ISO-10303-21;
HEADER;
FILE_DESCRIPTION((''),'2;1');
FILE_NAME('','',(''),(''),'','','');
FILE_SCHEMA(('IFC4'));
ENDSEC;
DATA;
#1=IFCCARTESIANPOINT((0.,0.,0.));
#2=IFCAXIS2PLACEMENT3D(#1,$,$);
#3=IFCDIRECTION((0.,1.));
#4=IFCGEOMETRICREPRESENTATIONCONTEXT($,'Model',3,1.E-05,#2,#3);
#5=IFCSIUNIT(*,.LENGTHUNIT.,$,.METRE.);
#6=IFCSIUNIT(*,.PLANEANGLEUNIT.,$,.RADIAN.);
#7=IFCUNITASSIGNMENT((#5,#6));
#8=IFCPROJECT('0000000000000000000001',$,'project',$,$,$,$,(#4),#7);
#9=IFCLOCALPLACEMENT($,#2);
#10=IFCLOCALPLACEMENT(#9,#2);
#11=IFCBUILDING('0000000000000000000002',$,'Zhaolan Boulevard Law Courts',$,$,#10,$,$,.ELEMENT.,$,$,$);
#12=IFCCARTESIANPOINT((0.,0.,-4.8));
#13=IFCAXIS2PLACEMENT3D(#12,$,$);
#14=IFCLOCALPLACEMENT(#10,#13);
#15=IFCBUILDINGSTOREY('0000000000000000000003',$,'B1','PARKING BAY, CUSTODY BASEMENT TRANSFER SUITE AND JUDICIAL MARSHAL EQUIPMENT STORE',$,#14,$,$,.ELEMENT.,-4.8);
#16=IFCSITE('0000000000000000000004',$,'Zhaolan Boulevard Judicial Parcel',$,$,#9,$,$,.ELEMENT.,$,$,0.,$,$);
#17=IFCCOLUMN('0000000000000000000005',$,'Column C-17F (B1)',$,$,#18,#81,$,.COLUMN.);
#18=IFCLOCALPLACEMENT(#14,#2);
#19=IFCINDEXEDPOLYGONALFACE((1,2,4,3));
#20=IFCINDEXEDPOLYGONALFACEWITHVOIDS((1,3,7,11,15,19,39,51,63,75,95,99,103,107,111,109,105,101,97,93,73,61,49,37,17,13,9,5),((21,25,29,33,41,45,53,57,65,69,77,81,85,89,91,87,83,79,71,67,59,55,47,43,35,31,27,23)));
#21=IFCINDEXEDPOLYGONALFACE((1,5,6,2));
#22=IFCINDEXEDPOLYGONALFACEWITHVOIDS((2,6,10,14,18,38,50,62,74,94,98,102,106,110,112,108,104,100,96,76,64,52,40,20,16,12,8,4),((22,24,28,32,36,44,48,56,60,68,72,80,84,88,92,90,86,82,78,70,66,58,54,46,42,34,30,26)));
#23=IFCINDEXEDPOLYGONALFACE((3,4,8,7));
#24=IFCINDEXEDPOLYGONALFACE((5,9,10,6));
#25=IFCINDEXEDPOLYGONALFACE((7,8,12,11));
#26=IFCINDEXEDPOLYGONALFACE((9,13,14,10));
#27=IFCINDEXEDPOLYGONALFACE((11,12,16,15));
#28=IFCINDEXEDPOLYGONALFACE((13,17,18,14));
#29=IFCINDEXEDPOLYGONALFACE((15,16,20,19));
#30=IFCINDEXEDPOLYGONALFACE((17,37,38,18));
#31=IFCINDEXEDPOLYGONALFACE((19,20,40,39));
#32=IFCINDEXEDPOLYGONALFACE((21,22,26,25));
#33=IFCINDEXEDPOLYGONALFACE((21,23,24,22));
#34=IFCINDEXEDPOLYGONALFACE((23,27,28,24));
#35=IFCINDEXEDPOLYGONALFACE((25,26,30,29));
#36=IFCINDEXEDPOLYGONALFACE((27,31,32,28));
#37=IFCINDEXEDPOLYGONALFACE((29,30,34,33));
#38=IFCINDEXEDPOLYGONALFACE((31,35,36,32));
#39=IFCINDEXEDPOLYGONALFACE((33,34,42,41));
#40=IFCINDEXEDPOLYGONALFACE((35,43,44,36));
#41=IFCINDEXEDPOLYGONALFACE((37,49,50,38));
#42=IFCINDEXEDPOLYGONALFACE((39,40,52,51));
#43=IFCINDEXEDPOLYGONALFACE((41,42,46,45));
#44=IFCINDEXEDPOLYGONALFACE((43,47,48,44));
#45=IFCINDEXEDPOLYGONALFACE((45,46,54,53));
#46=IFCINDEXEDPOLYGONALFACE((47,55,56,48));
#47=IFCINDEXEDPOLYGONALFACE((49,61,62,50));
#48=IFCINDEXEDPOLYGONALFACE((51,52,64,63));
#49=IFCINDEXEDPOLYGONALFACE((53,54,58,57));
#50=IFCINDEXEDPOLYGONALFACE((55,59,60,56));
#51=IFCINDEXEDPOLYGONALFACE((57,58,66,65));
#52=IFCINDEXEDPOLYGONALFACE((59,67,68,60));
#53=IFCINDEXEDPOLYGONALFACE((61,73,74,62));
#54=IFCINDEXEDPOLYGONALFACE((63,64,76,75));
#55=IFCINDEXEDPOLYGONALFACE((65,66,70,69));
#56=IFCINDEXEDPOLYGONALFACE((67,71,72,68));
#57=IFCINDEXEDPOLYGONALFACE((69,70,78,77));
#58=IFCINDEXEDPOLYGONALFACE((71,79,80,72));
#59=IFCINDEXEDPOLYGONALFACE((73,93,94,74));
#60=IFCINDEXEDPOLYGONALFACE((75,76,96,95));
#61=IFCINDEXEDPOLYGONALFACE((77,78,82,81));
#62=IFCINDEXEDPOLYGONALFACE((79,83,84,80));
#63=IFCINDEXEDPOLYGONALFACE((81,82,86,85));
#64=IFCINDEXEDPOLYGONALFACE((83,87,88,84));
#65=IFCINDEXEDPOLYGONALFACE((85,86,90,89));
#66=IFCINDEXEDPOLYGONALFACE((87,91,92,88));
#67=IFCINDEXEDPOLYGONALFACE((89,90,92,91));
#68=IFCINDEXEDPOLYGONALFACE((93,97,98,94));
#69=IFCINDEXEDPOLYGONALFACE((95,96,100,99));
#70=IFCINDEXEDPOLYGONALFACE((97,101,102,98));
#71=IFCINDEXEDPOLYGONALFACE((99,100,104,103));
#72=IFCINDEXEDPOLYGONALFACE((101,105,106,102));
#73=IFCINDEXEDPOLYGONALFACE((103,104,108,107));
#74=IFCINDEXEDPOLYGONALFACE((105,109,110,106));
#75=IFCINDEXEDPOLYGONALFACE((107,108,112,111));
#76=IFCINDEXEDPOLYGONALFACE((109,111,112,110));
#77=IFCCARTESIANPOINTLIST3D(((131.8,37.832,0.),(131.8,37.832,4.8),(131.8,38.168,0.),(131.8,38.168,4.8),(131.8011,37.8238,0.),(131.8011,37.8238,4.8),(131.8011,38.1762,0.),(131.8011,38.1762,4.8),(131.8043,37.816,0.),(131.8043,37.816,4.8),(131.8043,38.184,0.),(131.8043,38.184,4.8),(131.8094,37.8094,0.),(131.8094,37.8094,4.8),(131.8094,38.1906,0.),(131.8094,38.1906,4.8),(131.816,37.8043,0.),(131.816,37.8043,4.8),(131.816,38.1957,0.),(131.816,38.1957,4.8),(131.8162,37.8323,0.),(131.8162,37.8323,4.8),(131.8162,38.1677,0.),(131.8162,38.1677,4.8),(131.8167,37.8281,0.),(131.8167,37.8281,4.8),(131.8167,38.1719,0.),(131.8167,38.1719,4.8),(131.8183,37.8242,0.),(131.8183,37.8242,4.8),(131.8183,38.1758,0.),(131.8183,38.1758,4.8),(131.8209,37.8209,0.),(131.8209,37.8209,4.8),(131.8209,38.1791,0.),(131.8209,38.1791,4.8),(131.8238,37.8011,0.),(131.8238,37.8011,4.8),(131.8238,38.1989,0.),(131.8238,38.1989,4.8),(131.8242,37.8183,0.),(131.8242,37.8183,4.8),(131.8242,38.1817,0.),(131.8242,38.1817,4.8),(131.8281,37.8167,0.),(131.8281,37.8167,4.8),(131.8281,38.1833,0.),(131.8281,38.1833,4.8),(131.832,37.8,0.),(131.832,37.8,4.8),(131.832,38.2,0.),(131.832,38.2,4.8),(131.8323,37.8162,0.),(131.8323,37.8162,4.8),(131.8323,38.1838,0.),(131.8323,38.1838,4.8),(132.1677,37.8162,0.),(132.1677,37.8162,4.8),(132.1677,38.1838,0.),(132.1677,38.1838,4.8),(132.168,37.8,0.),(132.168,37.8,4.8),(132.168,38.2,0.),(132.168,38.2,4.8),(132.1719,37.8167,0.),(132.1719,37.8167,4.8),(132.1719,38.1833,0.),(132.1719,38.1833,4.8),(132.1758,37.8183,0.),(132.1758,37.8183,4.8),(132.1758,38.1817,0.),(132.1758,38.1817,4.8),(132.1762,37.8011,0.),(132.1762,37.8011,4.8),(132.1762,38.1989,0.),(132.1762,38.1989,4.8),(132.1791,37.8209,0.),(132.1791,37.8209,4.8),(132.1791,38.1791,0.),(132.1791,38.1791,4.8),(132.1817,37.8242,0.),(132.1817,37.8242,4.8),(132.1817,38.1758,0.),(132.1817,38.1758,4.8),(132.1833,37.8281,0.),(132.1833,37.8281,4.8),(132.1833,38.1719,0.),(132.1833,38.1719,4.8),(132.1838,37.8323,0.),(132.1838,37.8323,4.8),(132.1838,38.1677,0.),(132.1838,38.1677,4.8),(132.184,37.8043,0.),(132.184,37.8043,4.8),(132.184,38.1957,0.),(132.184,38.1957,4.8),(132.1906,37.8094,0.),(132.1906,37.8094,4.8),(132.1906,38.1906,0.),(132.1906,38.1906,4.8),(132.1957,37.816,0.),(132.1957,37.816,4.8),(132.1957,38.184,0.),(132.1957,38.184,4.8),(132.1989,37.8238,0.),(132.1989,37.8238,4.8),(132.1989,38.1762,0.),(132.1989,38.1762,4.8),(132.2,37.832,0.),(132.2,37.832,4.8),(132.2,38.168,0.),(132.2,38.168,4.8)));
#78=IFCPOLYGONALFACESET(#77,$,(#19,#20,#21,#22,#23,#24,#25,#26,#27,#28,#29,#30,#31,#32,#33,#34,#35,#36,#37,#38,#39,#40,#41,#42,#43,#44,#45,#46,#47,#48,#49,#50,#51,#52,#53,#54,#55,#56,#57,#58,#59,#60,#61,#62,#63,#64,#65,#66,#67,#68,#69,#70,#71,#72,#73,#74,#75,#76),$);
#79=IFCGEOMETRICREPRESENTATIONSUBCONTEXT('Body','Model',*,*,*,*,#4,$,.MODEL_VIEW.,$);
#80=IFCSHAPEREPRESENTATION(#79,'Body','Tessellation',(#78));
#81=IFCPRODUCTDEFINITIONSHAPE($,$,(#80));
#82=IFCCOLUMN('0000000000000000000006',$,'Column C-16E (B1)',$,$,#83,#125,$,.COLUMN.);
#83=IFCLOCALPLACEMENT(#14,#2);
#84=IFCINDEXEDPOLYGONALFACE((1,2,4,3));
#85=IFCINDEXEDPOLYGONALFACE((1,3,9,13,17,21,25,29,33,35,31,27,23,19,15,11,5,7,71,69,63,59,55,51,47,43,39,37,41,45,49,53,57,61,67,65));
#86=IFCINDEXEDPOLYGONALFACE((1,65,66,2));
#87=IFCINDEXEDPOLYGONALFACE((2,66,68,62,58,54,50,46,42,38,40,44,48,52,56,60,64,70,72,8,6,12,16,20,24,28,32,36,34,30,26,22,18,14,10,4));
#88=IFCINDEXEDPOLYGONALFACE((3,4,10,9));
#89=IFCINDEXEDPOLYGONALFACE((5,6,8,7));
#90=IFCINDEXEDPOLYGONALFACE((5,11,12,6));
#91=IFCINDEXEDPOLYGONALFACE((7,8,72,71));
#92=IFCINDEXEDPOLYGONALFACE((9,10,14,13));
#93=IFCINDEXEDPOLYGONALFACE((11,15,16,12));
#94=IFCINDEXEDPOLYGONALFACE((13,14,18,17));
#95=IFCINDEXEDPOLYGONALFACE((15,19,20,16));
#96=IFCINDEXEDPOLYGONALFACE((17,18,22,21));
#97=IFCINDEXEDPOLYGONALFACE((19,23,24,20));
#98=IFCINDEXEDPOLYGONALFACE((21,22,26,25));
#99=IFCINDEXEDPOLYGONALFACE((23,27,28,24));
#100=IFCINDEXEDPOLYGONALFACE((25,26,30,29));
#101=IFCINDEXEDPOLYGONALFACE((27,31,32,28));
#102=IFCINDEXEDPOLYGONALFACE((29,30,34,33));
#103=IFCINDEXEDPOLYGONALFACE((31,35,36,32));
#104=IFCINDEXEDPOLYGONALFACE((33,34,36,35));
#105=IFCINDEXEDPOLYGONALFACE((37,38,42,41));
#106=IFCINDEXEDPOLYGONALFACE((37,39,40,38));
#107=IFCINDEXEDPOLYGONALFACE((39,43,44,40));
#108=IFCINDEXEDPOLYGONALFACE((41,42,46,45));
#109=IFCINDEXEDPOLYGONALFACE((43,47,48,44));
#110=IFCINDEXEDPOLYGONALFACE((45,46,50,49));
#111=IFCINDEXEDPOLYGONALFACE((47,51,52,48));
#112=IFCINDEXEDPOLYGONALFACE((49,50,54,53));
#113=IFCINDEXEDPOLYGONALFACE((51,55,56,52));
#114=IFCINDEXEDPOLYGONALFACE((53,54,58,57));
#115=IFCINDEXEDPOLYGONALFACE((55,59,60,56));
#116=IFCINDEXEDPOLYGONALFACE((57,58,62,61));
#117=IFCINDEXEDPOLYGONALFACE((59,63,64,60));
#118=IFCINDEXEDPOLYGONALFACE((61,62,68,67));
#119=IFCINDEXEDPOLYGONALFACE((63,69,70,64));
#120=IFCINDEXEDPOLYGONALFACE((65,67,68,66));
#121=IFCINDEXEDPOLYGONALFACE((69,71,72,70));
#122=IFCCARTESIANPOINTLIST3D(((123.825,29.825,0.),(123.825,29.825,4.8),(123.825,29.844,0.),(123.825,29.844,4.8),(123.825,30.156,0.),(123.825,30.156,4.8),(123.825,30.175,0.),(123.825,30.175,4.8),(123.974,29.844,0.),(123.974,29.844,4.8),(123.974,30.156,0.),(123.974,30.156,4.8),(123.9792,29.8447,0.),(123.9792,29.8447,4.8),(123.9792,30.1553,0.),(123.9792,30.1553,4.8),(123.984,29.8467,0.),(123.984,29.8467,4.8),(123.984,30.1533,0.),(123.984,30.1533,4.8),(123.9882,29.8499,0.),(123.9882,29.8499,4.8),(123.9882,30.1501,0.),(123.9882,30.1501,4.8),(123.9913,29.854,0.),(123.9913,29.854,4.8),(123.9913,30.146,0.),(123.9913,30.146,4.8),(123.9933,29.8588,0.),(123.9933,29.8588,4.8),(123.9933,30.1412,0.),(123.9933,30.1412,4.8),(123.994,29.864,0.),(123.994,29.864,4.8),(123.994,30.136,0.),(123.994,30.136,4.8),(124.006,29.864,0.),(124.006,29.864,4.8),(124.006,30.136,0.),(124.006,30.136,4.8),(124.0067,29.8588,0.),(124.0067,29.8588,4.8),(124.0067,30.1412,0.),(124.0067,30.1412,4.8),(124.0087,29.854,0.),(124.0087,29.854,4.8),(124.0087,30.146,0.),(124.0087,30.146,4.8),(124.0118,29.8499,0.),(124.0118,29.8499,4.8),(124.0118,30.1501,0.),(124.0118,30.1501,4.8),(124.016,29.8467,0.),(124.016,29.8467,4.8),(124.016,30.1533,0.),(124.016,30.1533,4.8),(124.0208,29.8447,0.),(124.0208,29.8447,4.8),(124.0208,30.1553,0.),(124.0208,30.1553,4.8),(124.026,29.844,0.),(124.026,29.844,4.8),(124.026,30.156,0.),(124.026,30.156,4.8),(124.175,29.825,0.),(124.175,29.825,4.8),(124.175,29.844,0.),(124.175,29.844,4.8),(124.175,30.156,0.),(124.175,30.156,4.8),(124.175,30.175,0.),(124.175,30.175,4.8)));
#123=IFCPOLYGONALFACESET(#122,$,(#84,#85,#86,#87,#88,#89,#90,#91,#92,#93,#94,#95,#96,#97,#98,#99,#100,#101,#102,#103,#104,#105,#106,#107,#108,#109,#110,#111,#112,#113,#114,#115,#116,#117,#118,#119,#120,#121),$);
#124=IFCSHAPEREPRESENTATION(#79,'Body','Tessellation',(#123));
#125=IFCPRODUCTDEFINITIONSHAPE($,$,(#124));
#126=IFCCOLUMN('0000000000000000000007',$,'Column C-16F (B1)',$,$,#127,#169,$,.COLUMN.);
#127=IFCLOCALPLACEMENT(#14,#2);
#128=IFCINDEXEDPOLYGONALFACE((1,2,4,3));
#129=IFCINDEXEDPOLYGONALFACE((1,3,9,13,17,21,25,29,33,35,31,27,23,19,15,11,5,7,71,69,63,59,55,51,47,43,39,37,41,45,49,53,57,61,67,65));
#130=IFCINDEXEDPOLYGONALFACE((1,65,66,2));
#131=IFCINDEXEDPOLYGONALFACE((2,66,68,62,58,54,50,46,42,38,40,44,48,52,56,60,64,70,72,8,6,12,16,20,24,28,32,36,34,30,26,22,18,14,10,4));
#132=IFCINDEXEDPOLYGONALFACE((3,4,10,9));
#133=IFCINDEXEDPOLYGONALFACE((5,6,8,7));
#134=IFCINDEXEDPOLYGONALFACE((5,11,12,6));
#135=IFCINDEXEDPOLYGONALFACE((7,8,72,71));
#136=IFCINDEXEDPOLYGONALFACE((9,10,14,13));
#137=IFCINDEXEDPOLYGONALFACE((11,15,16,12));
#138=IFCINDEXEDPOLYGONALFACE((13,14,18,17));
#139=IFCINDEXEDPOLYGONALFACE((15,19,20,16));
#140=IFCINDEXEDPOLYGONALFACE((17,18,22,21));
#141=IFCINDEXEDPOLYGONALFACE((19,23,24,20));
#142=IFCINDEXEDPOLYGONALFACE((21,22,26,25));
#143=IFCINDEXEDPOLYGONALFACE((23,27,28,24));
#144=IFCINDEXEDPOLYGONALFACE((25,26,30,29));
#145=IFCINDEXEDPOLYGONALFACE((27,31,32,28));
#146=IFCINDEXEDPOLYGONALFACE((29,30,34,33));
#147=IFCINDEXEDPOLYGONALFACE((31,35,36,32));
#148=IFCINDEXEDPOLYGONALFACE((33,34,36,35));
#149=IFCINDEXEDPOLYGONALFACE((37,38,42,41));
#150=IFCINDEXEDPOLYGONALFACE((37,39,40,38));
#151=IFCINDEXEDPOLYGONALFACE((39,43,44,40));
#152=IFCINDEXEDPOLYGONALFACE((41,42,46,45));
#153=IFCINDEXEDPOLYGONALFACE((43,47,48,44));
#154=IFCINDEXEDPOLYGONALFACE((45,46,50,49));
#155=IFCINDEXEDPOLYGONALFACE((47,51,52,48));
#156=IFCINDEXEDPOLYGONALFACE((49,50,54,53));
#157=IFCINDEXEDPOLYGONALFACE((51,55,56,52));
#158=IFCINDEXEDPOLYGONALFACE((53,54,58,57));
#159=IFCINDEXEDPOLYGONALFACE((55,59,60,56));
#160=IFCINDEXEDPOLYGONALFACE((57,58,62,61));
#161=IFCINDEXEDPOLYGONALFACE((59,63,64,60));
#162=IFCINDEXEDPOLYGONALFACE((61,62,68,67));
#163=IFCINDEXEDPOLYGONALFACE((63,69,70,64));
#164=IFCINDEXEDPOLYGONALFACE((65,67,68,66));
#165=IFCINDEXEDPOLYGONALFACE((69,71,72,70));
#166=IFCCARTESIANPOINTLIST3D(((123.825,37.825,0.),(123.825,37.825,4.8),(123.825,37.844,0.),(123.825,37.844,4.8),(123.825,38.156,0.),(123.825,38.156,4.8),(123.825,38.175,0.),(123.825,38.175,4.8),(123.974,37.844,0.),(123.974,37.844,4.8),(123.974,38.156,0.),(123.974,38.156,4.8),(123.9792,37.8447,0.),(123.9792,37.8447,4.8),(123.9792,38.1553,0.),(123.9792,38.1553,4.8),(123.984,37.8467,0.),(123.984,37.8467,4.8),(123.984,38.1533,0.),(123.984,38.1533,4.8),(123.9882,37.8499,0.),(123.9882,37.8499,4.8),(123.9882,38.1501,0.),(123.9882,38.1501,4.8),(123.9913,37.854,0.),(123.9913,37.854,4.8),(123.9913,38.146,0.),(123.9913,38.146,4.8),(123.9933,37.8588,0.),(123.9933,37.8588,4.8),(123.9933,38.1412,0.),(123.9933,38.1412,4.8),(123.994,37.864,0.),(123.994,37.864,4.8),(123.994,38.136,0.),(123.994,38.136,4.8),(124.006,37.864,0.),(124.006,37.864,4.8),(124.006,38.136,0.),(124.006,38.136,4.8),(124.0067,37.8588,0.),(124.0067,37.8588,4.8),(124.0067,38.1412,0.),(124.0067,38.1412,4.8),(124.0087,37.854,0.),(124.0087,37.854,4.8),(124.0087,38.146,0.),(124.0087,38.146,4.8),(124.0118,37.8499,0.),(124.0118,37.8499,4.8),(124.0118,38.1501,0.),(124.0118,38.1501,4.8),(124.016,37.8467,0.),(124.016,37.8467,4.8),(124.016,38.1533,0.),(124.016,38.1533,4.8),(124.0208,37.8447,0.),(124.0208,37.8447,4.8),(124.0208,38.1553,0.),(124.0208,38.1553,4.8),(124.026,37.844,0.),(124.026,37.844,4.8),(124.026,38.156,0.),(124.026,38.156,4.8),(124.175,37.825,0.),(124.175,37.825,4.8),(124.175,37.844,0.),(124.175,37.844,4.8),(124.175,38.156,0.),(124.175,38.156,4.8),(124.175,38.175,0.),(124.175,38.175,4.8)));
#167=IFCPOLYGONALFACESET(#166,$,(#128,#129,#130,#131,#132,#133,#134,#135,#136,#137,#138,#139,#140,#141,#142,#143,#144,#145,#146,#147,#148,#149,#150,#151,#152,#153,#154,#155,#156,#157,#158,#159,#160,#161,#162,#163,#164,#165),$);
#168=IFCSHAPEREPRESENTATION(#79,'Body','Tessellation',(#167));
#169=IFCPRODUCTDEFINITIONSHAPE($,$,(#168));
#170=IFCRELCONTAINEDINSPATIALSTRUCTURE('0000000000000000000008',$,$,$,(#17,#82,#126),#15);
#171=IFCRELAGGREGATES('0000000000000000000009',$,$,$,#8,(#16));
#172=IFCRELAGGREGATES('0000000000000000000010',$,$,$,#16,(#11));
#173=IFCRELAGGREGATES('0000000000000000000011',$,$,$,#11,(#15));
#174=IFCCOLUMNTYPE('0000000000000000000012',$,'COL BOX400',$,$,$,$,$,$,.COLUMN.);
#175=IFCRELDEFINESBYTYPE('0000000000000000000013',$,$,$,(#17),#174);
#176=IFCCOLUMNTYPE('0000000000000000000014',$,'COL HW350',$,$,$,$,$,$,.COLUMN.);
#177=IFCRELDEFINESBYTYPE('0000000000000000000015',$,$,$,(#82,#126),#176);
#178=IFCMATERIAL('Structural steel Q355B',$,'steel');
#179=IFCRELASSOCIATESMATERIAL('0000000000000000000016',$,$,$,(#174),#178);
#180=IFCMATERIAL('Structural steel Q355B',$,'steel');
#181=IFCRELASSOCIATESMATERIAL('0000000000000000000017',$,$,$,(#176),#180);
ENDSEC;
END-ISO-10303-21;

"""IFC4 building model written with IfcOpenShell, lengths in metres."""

from ifc_helpers import new_model, si_unit, direction, frame, origin, origin_2d, place, context, subcontext, project, spatial, hollow_rectangle, i_section, extrude, material, material_profile, profile_set, type_object, element, save


model = new_model("IFC4")

# Units and contexts
model_context = context("Model", 3, precision=1e-05, world=origin(), true_north=direction((0.0, 1.0)))
body_context = subcontext(model_context, "Body", "Model", "MODEL_VIEW")
ifc_project = project(units=[si_unit("LENGTHUNIT", "METRE"), si_unit("PLANEANGLEUNIT", "RADIAN")], contexts=[model_context])

# Site, building, storey
site_placement = place(None, origin())
site = spatial("IfcSite", under=ifc_project, at=site_placement, Name="Zhaolan Boulevard Judicial Parcel", CompositionType="ELEMENT", RefElevation=0.0)
building_placement = place(site_placement, origin())
building = spatial("IfcBuilding", under=site, at=building_placement, Name="Zhaolan Boulevard Law Courts", CompositionType="ELEMENT")
storey_placement = place(building_placement, frame((0.0, 0.0, -4.8)))
storey = spatial("IfcBuildingStorey", under=building, at=storey_placement, Name="B1", Description="PARKING BAY, CUSTODY BASEMENT TRANSFER SUITE AND JUDICIAL MARSHAL EQUIPMENT STORE", CompositionType="ELEMENT", Elevation=-4.8)

# Columns
ifc_material_1 = material(Name="Structural steel Q355B", Category="steel")
ifc_material_profile_1 = material_profile(ifc_material_1, hollow_rectangle(XDim=0.3999, YDim=0.3999, WallThickness=0.0161, InnerFilletRadius=0.0161, OuterFilletRadius=0.032, at=origin_2d()), Name="BOX400x400x16")
ifc_profile_set_1 = profile_set([ifc_material_profile_1], Name="Structural steel Q355B")
column_type_1 = type_object("IfcColumnType", Name="COL BOX400", PredefinedType="COLUMN", material=ifc_profile_set_1)
column_placement = place(storey_placement, frame((132.0, 38.0, 0.0), z_axis=(0.0, 0.0, 1.0), x_axis=(1.0, 0.0, 0.0)))
element("IfcColumn", 1, at=column_placement, inside=storey, type_object=column_type_1, Name="Column C-17F (B1)", PredefinedType="COLUMN", context=body_context, shape_type="SweptSolid", body=[
    extrude(hollow_rectangle(XDim=0.3999, YDim=0.3999, WallThickness=0.0161, InnerFilletRadius=0.0161, OuterFilletRadius=0.032, at=origin_2d()), origin(), (0.0, 0.0, 1.0), 4.8),
])
ifc_material_2 = material(Name="Structural steel Q355B", Category="steel")
ifc_material_profile_2 = material_profile(ifc_material_2, i_section(OverallWidth=0.3501, OverallDepth=0.3501, WebThickness=0.012, FlangeThickness=0.019, FilletRadius=0.02, at=origin_2d()), Name="HW350x350")
ifc_profile_set_2 = profile_set([ifc_material_profile_2], Name="Structural steel Q355B")
column_type_2 = type_object("IfcColumnType", Name="COL HW350", PredefinedType="COLUMN", material=ifc_profile_set_2)
for number, where, z_axis, x_axis, name in (
    (2, (124.0, 30.0, 0.0), (0.0, 0.0, 1.0), (1.0, 0.0, 0.0), "Column C-16E (B1)"),
    (3, (124.0, 38.0, 0.0), (0.0, 0.0, 1.0), (1.0, 0.0, 0.0), "Column C-16F (B1)"),
):
    element("IfcColumn", number, at=place(storey_placement, frame(where, z_axis=z_axis, x_axis=x_axis)), inside=storey, type_object=column_type_2, Name=name, PredefinedType="COLUMN", context=body_context, shape_type="SweptSolid", body=[
        extrude(i_section(OverallWidth=0.3501, OverallDepth=0.3501, WebThickness=0.012, FlangeThickness=0.019, FilletRadius=0.02, at=origin_2d()), origin(), (0.0, 0.0, 1.0), 4.8),
    ])

save(model, "model.ifc")
